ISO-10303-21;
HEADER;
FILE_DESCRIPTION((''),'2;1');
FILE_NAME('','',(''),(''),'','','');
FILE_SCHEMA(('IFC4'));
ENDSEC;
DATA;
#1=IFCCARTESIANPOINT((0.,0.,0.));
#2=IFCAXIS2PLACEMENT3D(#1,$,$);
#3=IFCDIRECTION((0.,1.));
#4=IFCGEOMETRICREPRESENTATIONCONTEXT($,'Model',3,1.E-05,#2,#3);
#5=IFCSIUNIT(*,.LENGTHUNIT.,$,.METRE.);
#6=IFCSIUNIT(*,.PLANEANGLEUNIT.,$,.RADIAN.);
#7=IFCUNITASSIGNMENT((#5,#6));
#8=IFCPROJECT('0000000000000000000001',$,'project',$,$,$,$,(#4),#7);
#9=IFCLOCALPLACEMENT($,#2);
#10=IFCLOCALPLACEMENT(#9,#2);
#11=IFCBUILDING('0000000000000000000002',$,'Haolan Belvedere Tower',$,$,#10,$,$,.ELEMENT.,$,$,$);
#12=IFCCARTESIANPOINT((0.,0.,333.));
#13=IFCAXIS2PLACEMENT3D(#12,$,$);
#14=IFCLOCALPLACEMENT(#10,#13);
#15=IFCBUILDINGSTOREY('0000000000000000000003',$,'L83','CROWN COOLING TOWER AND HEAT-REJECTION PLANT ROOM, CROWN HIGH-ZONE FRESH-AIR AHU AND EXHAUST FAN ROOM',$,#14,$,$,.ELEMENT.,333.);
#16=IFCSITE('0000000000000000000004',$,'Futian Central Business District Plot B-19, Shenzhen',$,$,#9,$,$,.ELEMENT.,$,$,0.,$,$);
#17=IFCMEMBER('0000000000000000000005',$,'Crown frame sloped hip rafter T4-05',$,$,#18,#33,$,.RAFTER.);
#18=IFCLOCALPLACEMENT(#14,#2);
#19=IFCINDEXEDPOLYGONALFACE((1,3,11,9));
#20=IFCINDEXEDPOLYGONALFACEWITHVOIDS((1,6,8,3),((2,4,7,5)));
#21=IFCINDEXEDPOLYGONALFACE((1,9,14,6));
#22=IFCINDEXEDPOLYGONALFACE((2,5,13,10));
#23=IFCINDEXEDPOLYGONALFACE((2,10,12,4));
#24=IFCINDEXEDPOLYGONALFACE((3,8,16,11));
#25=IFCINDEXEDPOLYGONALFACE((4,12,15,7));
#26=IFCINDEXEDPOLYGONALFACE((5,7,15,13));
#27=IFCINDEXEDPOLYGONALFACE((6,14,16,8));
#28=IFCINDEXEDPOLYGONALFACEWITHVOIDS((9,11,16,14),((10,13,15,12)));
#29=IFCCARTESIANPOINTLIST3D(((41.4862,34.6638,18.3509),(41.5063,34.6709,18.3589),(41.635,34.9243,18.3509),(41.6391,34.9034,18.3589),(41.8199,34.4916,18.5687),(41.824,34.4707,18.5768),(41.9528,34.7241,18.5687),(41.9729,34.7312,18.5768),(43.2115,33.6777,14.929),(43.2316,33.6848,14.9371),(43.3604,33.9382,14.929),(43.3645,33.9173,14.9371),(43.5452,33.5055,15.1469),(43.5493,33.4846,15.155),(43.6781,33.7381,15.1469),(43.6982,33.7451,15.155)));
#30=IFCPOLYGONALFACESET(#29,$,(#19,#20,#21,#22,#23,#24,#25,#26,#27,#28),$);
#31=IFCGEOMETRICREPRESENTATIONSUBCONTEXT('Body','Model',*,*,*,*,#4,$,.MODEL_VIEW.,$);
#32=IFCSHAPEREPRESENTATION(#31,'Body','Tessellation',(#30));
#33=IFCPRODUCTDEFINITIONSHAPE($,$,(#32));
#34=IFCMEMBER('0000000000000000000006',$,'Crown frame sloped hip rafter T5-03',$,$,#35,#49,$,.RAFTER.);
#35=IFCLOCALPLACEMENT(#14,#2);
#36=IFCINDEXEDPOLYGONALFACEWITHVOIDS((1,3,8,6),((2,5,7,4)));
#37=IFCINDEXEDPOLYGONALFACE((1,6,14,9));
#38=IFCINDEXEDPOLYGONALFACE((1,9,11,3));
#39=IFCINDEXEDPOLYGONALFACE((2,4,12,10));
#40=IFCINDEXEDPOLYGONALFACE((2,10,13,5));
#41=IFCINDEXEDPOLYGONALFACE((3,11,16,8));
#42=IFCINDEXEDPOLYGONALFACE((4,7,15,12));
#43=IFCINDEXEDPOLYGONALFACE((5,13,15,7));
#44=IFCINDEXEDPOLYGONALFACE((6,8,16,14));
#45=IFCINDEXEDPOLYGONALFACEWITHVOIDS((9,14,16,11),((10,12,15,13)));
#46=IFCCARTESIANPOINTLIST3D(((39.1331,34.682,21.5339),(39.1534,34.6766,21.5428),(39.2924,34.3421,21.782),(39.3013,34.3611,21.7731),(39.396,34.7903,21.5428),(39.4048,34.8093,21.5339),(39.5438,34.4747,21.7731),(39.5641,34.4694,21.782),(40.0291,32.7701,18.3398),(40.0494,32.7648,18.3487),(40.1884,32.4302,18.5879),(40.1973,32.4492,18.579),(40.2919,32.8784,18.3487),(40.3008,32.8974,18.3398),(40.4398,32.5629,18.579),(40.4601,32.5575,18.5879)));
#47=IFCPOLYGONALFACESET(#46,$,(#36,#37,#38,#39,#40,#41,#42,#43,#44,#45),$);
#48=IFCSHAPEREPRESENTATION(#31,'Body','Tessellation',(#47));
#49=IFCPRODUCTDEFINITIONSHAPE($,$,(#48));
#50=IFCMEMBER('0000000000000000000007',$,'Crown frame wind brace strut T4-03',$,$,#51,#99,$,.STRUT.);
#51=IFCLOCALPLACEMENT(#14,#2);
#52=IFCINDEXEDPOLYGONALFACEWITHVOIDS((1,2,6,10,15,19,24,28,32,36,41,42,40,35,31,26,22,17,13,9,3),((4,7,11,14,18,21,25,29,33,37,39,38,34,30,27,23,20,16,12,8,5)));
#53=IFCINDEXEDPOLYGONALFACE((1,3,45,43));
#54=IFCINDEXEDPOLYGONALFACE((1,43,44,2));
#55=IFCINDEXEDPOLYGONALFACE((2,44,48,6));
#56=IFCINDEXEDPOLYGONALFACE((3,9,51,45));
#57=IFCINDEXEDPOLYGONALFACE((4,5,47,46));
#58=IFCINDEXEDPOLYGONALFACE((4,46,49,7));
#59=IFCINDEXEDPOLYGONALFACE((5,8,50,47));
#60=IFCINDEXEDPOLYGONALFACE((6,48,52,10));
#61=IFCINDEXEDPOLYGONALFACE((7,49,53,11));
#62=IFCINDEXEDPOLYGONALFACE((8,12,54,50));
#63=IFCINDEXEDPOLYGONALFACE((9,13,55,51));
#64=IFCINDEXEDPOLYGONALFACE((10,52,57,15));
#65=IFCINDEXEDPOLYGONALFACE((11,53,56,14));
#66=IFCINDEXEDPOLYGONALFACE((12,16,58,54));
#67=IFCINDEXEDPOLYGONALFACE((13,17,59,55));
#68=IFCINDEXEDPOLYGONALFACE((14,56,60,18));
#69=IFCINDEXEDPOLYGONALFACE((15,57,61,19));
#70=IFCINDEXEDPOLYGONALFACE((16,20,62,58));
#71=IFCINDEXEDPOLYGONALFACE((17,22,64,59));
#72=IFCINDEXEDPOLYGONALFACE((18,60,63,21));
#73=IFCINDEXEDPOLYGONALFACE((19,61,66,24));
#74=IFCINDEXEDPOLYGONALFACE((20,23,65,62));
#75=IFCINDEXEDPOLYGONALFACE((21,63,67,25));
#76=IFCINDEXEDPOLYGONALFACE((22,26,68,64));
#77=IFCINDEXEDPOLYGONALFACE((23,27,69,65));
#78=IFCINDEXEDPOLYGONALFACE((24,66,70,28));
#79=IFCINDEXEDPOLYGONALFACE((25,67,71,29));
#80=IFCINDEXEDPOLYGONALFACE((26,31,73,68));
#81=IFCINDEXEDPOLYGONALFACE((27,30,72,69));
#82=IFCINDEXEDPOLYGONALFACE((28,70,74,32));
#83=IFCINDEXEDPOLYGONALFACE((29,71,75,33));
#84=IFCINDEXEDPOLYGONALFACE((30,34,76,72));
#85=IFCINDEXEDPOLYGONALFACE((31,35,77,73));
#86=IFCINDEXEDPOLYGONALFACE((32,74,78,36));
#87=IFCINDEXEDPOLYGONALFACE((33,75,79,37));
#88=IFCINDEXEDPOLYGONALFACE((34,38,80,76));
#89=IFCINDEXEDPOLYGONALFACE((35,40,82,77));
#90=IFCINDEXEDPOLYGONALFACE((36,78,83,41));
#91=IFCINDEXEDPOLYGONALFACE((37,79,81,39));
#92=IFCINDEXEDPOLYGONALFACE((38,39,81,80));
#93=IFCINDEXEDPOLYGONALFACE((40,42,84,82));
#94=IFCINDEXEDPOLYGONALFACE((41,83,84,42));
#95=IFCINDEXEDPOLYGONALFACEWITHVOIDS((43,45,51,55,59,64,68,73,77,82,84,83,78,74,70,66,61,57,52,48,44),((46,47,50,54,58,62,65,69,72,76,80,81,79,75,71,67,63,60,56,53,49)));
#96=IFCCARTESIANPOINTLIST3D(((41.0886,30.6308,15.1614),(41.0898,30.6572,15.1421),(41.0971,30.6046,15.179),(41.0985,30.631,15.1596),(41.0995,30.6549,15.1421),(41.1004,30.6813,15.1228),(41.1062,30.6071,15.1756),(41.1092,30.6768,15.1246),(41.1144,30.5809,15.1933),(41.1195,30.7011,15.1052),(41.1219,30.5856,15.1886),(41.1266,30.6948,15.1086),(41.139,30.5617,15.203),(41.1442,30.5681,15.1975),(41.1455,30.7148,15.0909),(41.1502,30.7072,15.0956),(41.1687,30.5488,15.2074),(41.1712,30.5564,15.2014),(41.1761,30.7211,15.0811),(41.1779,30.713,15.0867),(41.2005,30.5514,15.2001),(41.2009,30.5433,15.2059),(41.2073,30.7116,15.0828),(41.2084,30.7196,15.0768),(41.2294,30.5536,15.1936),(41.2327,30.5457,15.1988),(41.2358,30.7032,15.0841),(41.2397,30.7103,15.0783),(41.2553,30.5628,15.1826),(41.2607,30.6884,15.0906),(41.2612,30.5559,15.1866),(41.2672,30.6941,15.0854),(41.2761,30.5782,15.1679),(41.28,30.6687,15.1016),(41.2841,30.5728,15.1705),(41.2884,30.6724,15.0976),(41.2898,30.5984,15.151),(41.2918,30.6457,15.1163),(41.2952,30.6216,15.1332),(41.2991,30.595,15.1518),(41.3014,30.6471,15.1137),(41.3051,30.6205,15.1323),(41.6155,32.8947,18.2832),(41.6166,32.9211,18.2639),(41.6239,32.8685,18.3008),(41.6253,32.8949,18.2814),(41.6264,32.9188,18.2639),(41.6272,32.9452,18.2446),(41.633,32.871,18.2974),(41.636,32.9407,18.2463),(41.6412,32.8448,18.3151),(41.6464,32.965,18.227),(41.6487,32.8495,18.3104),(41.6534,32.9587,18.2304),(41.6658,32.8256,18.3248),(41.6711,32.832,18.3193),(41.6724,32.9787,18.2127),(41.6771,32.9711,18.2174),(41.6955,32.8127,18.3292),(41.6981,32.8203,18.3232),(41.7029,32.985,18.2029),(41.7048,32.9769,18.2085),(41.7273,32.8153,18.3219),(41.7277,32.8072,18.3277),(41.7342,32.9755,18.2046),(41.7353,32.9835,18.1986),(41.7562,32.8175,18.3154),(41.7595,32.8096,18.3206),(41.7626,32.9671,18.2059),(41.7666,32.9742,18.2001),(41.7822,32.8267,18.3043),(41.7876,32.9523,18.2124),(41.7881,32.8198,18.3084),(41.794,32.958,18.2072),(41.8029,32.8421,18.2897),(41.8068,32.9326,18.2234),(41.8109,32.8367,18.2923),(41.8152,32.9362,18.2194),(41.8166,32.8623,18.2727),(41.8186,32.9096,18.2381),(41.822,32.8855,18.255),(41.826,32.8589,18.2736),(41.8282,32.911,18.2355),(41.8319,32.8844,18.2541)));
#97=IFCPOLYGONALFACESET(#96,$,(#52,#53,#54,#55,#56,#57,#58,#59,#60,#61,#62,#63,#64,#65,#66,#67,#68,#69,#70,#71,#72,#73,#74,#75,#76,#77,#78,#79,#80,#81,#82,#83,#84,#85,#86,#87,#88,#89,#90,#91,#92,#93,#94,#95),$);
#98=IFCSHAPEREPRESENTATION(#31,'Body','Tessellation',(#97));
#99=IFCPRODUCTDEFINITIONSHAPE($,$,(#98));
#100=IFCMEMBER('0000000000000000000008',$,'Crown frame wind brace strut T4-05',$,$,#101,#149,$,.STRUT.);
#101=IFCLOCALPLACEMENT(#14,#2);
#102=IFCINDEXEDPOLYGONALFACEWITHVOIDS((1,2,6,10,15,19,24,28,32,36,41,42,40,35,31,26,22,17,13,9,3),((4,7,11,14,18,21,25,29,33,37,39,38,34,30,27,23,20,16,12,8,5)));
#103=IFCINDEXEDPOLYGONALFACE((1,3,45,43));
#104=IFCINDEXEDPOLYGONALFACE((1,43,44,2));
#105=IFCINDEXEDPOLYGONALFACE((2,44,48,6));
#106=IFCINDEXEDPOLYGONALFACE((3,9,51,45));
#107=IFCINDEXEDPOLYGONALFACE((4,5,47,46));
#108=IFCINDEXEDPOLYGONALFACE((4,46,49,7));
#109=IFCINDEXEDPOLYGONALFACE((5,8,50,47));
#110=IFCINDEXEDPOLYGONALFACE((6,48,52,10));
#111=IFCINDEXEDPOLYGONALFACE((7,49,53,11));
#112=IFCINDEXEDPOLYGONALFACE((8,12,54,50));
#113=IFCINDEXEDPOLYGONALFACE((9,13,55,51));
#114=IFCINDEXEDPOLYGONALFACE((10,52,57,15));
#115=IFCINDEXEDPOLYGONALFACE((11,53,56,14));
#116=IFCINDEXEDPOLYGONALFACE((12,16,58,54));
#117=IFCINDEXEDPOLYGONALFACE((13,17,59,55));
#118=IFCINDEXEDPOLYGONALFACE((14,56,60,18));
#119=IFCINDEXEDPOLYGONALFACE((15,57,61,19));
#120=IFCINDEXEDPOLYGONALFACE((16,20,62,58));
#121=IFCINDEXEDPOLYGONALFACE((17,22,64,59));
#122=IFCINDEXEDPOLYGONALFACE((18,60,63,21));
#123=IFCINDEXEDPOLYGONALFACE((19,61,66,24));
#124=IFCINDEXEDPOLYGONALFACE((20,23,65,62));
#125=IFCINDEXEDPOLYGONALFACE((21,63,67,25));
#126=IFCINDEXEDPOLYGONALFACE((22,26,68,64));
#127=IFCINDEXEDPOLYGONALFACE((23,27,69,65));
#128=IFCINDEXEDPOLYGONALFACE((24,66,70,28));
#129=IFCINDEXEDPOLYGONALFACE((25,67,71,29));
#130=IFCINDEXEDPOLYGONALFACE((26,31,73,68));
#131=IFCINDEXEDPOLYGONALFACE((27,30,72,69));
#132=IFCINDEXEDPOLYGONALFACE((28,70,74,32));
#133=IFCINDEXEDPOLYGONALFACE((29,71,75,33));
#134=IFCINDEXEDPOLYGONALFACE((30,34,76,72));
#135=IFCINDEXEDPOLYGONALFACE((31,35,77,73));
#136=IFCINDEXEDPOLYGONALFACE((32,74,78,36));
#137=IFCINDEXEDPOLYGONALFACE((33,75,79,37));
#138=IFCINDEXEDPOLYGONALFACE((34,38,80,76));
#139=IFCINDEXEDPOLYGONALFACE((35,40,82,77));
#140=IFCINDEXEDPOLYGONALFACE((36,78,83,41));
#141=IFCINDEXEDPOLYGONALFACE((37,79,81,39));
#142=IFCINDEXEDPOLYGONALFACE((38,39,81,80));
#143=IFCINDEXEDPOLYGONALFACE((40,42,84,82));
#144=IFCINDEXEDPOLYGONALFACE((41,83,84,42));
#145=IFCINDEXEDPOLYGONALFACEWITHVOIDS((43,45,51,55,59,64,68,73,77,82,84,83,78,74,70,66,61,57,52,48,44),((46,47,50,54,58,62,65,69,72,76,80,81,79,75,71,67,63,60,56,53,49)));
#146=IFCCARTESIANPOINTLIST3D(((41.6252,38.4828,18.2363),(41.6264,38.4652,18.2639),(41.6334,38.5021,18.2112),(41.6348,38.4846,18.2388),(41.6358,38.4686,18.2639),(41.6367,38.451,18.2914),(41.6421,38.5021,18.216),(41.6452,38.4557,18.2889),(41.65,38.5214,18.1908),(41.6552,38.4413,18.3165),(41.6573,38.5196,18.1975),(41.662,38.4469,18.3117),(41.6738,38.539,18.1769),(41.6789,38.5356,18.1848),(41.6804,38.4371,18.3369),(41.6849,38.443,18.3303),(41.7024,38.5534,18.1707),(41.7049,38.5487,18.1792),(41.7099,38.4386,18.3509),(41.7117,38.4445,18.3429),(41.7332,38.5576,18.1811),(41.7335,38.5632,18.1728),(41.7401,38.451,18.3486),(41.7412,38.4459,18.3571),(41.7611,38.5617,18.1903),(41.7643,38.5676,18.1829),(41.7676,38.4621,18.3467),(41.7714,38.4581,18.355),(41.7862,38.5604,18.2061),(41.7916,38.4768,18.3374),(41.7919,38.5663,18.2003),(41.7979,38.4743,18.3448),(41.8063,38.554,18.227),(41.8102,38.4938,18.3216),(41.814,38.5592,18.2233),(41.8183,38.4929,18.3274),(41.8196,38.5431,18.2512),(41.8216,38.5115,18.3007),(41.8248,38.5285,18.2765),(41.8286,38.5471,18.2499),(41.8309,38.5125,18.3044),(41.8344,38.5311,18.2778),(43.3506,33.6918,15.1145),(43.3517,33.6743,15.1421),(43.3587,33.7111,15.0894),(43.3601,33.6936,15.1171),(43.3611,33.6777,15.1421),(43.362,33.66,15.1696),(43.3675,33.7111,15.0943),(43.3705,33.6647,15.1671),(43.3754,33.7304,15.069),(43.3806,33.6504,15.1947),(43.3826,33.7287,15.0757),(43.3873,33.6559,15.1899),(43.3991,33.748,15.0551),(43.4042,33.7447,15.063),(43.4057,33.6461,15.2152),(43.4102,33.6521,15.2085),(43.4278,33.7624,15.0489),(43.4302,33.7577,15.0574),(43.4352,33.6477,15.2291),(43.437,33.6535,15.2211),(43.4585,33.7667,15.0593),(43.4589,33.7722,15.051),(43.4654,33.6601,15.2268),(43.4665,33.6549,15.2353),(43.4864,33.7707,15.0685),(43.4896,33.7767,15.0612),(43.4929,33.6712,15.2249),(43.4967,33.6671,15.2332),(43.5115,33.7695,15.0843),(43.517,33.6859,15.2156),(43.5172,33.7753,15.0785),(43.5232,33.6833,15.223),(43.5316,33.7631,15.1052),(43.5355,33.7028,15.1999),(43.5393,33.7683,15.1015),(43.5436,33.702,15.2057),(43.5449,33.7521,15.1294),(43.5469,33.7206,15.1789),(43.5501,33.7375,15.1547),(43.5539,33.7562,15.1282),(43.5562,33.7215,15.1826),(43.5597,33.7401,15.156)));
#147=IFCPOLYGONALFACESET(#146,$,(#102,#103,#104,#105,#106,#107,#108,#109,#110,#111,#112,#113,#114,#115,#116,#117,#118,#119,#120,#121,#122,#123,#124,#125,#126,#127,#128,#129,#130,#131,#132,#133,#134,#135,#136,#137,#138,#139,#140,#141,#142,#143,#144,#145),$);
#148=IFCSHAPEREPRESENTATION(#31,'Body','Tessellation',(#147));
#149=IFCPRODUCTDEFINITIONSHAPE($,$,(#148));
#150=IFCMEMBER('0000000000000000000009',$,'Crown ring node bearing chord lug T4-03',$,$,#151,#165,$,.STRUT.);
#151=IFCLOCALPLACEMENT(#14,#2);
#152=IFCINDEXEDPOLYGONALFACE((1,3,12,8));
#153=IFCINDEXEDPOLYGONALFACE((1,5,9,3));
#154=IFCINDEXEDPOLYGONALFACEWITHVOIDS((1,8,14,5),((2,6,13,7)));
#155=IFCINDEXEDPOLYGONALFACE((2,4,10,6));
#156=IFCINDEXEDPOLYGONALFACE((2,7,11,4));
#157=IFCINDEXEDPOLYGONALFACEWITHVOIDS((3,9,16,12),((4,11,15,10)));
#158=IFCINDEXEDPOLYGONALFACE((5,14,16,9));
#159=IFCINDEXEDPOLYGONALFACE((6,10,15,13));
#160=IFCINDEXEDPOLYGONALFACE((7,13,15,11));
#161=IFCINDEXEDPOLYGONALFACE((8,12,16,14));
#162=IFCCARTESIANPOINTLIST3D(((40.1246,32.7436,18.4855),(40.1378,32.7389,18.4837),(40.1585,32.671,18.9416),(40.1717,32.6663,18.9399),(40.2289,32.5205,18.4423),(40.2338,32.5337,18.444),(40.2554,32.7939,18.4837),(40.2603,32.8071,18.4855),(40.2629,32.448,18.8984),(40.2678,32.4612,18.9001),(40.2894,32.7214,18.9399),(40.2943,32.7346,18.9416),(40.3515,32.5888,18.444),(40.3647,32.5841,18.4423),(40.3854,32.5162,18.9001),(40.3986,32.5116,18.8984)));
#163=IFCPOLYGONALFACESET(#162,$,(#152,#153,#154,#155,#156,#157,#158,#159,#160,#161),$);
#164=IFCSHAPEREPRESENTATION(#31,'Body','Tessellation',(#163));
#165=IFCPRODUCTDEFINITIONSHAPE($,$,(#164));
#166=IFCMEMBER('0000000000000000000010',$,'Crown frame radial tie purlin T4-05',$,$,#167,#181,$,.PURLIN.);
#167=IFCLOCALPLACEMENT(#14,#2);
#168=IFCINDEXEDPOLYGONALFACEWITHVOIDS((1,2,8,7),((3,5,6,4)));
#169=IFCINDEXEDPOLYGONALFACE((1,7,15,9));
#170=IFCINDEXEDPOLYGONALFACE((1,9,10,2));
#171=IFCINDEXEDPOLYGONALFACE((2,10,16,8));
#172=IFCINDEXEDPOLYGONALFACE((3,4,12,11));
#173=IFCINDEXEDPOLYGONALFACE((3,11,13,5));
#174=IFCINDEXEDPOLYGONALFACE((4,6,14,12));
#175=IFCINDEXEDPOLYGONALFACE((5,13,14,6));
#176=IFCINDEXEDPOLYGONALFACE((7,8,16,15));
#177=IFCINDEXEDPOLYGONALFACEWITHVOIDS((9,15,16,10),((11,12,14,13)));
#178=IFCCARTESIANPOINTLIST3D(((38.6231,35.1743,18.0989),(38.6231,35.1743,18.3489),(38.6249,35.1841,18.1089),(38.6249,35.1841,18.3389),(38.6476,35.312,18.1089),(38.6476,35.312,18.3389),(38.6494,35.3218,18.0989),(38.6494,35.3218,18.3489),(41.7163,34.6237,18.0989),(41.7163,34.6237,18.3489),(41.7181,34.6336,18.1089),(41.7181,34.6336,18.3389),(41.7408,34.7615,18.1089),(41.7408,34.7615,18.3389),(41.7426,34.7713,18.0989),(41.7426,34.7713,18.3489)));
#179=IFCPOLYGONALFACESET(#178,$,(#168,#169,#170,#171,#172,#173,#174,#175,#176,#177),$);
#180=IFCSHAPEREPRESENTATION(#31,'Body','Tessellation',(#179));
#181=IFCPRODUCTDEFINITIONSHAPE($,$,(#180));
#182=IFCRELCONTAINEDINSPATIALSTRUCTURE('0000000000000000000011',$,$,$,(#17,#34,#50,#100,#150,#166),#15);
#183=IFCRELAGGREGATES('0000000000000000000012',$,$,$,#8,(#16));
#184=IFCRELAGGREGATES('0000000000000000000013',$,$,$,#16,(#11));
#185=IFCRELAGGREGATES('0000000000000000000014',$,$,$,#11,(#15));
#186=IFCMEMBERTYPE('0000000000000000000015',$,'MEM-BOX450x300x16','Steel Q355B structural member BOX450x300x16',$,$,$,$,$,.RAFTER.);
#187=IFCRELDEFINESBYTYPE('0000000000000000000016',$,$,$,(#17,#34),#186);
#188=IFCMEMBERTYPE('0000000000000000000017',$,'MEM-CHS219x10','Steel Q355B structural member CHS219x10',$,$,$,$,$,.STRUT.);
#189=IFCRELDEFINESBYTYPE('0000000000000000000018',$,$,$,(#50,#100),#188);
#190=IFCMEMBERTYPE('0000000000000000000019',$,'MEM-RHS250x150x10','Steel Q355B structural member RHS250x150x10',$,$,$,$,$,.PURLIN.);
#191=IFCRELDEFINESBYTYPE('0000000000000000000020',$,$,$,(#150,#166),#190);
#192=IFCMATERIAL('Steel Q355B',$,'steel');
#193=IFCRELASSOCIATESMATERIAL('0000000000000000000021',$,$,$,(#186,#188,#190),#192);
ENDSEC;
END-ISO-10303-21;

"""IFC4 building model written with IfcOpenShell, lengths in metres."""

from ifc_helpers import new_model, si_unit, direction, frame, origin, origin_2d, place, context, subcontext, project, spatial, hollow_rectangle, hollow_circle, extrude, material, material_profile, profile_set, type_object, element, save


model = new_model("IFC4")

# Units and contexts
model_context = context("Model", 3, precision=1e-05, world=origin(), true_north=direction((0.0, 1.0)))
body_context = subcontext(model_context, "Body", "Model", "MODEL_VIEW")
ifc_project = project(units=[si_unit("LENGTHUNIT", "METRE"), si_unit("PLANEANGLEUNIT", "RADIAN")], contexts=[model_context])

# Site, building, storey
site_placement = place(None, origin())
site = spatial("IfcSite", under=ifc_project, at=site_placement, Name="Futian Central Business District Plot B-19, Shenzhen", CompositionType="ELEMENT", RefElevation=0.0)
building_placement = place(site_placement, origin())
building = spatial("IfcBuilding", under=site, at=building_placement, Name="Haolan Belvedere Tower", CompositionType="ELEMENT")
storey_placement = place(building_placement, frame((0.0, 0.0, 333.0)))
storey = spatial("IfcBuildingStorey", under=building, at=storey_placement, Name="L83", Description="CROWN COOLING TOWER AND HEAT-REJECTION PLANT ROOM, CROWN HIGH-ZONE FRESH-AIR AHU AND EXHAUST FAN ROOM", CompositionType="ELEMENT", Elevation=333.0)

# Members
ifc_material_1 = material(Name="Steel Q355B", Category="steel")
ifc_material_profile_1 = material_profile(ifc_material_1, hollow_rectangle(XDim=0.3, YDim=0.45, WallThickness=0.0161, at=origin_2d()), Name="Steel Q355B")
ifc_profile_set_1 = profile_set([ifc_material_profile_1], Name="Steel Q355B")
member_type_1 = type_object("IfcMemberType", Name="MEM-BOX450x300x16", Description="Steel Q355B structural member BOX450x300x16", PredefinedType="RAFTER", material=ifc_profile_set_1)
member_1_placement = place(storey_placement, frame((43.4548, 33.7114, 15.042), z_axis=(-0.436015, 0.249196, 0.86475), x_axis=(-0.496205, -0.868205, 0.0)))
element("IfcMember", 1, at=member_1_placement, inside=storey, type_object=member_type_1, Name="Crown frame sloped hip rafter T4-05", PredefinedType="RAFTER", context=body_context, shape_type="SweptSolid", body=[
    extrude(hollow_rectangle(XDim=0.3, YDim=0.45, WallThickness=0.0161, at=origin_2d()), origin(), (0.0, 0.0, 1.0), 3.957),
])
member_2_placement = place(storey_placement, frame((40.2446, 32.6638, 18.4639), z_axis=(-0.23401, 0.499329, 0.834212), x_axis=(-0.905494, -0.42436, 0.0)))
element("IfcMember", 2, at=member_2_placement, inside=storey, type_object=member_type_1, Name="Crown frame sloped hip rafter T5-03", PredefinedType="RAFTER", context=body_context, shape_type="SweptSolid", body=[
    extrude(hollow_rectangle(XDim=0.3, YDim=0.45, WallThickness=0.0161, at=origin_2d()), origin(), (0.0, 0.0, 1.0), 3.8289),
])
ifc_material_profile_2 = material_profile(ifc_material_1, hollow_circle(Radius=0.1096, WallThickness=0.01, at=origin_2d()), Name="Steel Q355B")
ifc_profile_set_2 = profile_set([ifc_material_profile_2], Name="Steel Q355B")
member_type_2 = type_object("IfcMemberType", Name="MEM-CHS219x10", Description="Steel Q355B structural member CHS219x10", PredefinedType="STRUT", material=ifc_profile_set_2)
member_3_placement = place(storey_placement, frame((41.1965, 30.6323, 15.1421), z_axis=(0.135364, 0.581665, 0.802086), x_axis=(-0.973974, 0.226662, 0.0)))
element("IfcMember", 3, at=member_3_placement, inside=storey, type_object=member_type_2, Name="Crown frame wind brace strut T4-03", PredefinedType="STRUT", context=body_context, shape_type="SweptSolid", body=[
    extrude(hollow_circle(Radius=0.1096, WallThickness=0.01, at=origin_2d()), origin(), (0.0, 0.0, 1.0), 3.8921),
])
member_4_placement = place(storey_placement, frame((43.4548, 33.7114, 15.1421), z_axis=(-0.288858, 0.802115, 0.522658), x_axis=(-0.940851, -0.33882, 0.0)))
element("IfcMember", 4, at=member_4_placement, inside=storey, type_object=member_type_2, Name="Crown frame wind brace strut T4-05", PredefinedType="STRUT", context=body_context, shape_type="SweptSolid", body=[
    extrude(hollow_circle(Radius=0.1096, WallThickness=0.01, at=origin_2d()), origin(), (0.0, 0.0, 1.0), 5.9729),
])
ifc_material_profile_3 = material_profile(ifc_material_1, hollow_rectangle(XDim=0.1499, YDim=0.25, WallThickness=0.01, at=origin_2d()), Name="Steel Q355B")
ifc_profile_set_3 = profile_set([ifc_material_profile_3], Name="Steel Q355B")
member_type_3 = type_object("IfcMemberType", Name="MEM-RHS250x150x10", Description="Steel Q355B structural member RHS250x150x10", PredefinedType="PURLIN", material=ifc_profile_set_3)
member_5_placement = place(storey_placement, frame((40.2446, 32.6638, 18.4639), z_axis=(0.07329, -0.156599, 0.984939), x_axis=(0.905715, 0.423887, 0.0)))
element("IfcMember", 5, at=member_5_placement, inside=storey, type_object=member_type_3, Name="Crown ring node bearing chord lug T4-03", PredefinedType="STRUT", context=body_context, shape_type="SweptSolid", body=[
    extrude(hollow_rectangle(XDim=0.1499, YDim=0.25, WallThickness=0.01, at=origin_2d()), origin(), (0.0, 0.0, 1.0), 0.4631),
])
member_6_placement = place(storey_placement, frame((38.6362, 35.248, 18.2239), z_axis=(0.984528, -0.175226, 0.0), x_axis=(0.175226, 0.984528, 0.0)))
element("IfcMember", 6, at=member_6_placement, inside=storey, type_object=member_type_3, Name="Crown frame radial tie purlin T4-05", PredefinedType="PURLIN", context=body_context, shape_type="SweptSolid", body=[
    extrude(hollow_rectangle(XDim=0.1499, YDim=0.25, WallThickness=0.01, at=origin_2d()), origin(), (0.0, 0.0, 1.0), 3.1418),
])

save(model, "model.ifc")
